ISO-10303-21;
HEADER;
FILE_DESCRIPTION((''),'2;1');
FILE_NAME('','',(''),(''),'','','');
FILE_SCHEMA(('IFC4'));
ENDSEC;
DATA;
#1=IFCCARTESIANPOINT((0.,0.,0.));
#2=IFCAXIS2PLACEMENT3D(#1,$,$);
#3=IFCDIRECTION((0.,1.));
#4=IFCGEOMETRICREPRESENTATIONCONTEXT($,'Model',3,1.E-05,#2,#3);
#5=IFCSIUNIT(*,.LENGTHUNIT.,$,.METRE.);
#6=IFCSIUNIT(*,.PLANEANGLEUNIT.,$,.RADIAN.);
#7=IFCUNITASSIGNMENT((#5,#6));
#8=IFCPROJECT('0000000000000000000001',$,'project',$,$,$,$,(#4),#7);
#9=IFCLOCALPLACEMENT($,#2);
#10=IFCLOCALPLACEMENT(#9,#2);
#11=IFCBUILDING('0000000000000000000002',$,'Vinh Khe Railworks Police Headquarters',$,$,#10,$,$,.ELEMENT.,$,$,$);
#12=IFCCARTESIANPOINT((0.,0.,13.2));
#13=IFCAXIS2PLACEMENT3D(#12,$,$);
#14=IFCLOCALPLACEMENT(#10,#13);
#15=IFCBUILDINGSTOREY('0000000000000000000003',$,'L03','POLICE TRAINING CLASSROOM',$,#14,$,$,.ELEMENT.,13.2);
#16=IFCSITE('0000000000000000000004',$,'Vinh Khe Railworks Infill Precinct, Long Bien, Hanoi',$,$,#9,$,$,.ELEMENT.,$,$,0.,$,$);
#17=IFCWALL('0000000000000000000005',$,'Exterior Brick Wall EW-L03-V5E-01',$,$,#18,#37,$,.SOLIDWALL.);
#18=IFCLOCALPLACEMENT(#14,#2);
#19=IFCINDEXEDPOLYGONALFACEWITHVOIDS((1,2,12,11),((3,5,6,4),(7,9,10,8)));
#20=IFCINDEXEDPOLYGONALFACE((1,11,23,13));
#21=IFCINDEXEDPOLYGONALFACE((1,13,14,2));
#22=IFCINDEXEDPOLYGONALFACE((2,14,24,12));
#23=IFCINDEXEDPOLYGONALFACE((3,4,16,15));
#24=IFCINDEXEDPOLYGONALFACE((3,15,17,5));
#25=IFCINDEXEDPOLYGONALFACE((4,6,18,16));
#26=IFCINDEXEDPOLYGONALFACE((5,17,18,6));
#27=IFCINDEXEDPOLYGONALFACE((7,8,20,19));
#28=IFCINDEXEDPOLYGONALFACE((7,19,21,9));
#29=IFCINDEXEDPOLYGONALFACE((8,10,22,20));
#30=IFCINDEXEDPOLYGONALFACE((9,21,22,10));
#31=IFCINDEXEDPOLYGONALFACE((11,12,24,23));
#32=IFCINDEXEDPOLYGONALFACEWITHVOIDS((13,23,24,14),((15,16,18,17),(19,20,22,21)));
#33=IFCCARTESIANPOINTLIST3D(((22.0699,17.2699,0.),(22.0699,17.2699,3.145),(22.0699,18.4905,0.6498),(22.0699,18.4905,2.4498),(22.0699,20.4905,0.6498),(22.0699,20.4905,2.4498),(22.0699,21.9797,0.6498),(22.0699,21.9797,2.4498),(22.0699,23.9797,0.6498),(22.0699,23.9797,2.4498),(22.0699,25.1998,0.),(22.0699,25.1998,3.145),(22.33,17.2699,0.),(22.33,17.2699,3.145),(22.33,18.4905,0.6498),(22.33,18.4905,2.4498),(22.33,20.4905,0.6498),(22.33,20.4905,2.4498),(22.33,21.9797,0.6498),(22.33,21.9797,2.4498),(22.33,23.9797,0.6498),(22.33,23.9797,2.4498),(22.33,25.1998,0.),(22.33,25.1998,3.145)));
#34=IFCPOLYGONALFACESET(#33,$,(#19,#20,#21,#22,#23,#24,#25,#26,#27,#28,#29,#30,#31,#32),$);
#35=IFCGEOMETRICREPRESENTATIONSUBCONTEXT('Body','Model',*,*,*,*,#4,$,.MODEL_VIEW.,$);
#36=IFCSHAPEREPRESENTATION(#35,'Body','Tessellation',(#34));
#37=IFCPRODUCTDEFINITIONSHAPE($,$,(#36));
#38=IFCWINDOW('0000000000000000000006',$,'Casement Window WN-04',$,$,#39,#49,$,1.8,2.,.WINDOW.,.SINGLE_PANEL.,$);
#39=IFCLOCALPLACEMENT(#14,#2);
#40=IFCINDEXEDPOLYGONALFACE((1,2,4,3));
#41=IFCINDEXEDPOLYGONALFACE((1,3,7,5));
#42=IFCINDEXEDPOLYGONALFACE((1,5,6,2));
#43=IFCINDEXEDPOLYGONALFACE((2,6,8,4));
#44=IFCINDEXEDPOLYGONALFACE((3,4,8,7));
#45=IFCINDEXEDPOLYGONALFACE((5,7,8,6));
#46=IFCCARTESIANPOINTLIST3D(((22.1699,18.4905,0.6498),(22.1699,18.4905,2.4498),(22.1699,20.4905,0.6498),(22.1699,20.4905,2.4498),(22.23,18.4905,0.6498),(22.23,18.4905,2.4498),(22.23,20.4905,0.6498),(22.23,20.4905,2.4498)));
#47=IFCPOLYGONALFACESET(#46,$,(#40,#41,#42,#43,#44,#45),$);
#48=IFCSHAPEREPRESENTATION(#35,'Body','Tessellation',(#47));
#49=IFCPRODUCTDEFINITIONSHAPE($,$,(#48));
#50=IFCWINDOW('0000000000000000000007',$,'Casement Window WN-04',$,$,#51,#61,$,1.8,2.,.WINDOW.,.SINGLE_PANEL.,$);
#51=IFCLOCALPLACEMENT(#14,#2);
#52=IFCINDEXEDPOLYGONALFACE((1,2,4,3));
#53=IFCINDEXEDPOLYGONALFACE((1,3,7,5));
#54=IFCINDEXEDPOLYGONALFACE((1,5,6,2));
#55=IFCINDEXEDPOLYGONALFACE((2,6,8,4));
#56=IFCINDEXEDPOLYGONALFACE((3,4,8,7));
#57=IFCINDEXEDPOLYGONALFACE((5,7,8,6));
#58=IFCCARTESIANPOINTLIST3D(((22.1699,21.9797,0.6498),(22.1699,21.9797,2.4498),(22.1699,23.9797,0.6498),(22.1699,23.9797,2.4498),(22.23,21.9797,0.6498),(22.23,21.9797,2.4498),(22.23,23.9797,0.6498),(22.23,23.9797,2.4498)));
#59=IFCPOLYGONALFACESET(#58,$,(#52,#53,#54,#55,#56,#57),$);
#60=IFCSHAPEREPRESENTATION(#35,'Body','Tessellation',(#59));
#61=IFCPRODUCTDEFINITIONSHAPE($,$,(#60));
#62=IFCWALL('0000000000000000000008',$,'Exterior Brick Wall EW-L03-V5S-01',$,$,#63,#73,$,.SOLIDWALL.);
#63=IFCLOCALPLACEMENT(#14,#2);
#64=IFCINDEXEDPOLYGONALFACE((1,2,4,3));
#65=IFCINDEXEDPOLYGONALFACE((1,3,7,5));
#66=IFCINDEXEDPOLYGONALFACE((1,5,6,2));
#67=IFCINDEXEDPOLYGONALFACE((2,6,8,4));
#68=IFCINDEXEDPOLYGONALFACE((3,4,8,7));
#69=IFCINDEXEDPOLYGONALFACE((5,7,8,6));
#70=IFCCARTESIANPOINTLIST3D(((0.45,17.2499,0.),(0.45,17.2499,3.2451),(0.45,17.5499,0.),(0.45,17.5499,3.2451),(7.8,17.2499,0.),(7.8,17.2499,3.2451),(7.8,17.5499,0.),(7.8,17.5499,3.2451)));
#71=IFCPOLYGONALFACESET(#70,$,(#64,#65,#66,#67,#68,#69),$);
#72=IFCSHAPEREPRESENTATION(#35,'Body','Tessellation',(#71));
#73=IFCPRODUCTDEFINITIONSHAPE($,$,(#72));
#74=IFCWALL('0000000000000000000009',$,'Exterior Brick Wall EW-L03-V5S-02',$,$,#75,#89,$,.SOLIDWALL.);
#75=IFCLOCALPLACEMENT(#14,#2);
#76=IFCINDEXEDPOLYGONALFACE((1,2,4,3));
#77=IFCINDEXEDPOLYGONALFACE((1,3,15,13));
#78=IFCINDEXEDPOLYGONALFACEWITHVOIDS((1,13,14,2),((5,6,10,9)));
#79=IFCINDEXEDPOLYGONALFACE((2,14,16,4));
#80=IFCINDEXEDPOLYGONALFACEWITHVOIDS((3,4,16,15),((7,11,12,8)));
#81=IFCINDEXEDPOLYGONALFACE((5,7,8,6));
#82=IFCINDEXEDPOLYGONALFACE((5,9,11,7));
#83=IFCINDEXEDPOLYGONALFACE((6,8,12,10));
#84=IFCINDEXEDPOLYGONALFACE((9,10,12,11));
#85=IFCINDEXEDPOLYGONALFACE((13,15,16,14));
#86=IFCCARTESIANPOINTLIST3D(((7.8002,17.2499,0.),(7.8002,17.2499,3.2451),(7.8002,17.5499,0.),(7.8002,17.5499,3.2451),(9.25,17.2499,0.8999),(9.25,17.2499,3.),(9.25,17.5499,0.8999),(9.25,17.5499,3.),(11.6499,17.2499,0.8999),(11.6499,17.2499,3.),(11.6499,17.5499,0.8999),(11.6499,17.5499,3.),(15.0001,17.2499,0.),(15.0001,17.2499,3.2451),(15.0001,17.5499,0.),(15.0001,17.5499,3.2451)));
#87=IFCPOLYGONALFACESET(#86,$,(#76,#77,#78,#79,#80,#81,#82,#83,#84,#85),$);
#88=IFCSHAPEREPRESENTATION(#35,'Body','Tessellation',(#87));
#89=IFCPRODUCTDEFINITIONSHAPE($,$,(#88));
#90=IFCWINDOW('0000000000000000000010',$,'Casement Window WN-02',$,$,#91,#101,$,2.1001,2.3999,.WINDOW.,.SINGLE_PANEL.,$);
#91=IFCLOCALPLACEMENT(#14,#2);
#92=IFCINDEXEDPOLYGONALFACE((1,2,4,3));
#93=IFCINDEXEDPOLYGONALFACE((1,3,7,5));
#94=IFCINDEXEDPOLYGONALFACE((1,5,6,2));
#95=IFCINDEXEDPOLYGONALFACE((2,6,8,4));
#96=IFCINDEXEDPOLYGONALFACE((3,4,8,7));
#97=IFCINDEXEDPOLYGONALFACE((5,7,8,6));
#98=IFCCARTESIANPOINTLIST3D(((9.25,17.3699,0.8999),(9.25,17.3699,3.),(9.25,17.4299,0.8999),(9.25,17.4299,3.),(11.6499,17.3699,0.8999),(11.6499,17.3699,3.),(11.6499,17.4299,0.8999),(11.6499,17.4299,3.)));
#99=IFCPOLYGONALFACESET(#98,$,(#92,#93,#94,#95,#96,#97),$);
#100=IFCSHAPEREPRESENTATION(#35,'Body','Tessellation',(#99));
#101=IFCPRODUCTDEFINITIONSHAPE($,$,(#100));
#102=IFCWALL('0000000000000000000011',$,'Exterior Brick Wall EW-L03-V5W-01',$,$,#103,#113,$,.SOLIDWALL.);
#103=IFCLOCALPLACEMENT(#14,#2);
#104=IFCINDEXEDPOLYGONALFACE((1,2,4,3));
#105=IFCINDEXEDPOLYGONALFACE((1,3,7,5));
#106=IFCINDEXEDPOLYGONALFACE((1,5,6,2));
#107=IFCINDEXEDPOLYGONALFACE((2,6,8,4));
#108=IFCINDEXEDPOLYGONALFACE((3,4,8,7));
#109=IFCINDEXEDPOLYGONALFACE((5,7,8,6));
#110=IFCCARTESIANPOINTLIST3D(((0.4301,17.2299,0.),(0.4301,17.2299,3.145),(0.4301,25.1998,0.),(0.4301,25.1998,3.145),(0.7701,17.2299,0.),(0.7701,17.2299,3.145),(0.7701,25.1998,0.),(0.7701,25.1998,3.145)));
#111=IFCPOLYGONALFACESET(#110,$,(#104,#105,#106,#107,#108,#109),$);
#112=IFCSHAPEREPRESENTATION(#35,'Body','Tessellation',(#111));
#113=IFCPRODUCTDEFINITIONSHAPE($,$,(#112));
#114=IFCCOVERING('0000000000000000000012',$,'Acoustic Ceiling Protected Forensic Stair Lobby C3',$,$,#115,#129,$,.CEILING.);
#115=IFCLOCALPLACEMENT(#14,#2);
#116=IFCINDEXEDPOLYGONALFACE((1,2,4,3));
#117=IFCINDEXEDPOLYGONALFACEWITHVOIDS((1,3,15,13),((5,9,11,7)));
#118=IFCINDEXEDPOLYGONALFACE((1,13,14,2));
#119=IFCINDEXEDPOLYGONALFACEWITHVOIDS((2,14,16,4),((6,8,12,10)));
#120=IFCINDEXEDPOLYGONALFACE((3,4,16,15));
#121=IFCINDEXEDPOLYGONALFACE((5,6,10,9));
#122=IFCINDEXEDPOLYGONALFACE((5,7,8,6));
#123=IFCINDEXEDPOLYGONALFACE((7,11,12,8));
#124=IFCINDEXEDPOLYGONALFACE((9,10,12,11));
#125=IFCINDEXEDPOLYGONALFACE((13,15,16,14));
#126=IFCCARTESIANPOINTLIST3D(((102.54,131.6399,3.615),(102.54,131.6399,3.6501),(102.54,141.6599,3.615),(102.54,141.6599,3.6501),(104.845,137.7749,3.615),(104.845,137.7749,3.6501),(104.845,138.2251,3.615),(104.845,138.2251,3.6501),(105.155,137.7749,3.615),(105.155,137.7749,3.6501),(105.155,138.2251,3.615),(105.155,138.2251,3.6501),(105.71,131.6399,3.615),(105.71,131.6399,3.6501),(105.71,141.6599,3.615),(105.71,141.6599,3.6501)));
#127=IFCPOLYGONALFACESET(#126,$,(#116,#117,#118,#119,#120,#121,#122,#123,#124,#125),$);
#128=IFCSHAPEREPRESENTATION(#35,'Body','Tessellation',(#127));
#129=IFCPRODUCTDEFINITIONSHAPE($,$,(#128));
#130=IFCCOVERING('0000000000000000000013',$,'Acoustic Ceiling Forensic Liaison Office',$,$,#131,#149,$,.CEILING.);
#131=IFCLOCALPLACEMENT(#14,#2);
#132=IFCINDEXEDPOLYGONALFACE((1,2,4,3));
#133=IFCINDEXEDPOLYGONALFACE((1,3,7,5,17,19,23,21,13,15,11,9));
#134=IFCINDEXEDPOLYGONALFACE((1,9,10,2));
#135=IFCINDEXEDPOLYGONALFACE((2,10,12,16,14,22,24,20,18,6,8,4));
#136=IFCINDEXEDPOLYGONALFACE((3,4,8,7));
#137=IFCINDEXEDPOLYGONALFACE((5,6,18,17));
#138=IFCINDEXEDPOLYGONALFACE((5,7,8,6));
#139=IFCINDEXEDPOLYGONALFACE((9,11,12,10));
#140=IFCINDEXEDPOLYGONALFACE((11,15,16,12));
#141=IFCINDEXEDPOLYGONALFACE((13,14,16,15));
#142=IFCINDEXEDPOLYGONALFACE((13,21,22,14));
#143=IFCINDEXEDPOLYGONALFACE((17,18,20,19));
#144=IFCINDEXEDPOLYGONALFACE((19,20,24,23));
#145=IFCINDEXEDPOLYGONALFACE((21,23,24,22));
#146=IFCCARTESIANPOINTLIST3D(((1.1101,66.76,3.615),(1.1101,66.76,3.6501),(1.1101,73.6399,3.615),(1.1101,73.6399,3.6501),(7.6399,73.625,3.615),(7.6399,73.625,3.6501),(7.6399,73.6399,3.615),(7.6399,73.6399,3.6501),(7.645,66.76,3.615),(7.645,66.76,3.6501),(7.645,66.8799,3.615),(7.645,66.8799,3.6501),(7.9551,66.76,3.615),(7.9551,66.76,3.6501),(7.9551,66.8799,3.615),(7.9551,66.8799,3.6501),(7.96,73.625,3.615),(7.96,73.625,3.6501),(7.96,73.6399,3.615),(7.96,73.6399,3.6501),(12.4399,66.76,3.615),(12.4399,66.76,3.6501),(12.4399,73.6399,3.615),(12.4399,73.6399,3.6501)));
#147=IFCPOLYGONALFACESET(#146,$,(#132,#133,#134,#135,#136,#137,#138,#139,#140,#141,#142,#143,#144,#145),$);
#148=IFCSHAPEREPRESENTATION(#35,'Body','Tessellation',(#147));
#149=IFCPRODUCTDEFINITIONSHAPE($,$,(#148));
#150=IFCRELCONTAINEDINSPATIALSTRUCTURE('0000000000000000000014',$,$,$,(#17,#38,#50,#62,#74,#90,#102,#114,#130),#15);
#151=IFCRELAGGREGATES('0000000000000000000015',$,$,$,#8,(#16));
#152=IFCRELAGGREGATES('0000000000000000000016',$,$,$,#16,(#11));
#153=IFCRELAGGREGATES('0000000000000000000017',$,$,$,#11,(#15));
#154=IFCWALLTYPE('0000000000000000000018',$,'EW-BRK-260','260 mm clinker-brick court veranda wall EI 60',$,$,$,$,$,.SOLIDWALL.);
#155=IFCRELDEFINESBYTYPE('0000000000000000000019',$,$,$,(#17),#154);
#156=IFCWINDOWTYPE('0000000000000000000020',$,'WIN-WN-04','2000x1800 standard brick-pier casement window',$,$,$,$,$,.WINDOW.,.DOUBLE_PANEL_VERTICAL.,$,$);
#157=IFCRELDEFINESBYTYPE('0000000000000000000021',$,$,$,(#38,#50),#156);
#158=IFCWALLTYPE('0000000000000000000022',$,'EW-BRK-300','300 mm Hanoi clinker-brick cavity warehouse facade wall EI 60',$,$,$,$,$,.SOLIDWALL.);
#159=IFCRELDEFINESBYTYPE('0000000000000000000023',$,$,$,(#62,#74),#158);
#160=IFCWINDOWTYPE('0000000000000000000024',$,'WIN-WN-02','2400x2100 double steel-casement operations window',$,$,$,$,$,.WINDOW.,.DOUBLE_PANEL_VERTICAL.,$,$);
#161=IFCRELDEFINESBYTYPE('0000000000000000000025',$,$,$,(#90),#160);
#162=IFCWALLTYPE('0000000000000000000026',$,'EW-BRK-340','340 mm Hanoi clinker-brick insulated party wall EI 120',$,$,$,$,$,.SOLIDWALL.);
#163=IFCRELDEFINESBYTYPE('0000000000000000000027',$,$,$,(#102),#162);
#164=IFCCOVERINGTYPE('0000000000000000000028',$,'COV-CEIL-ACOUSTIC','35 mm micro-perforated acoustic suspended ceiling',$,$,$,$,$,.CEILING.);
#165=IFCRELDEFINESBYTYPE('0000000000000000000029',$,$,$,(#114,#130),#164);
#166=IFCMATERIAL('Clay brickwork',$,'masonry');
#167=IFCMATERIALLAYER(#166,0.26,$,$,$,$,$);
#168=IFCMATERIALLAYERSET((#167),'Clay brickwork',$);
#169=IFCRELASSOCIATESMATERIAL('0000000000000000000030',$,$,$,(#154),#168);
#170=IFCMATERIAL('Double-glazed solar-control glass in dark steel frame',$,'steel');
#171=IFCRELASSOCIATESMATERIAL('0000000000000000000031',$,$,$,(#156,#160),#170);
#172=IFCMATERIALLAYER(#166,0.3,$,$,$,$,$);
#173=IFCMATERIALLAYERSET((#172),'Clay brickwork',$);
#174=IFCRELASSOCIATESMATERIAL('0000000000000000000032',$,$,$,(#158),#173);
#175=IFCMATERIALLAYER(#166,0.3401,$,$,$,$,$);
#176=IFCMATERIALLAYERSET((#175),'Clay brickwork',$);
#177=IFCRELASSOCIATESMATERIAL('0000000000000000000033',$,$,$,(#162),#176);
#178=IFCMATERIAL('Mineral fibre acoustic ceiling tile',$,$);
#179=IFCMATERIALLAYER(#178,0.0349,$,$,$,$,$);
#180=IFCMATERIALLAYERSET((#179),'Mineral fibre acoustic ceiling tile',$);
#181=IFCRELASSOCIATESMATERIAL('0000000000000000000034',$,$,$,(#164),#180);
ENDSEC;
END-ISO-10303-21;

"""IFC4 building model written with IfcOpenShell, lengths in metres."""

from ifc_helpers import new_model, si_unit, direction, frame, frame_2d, origin, place, context, subcontext, project, spatial, polyline, rectangle, outline, extrude, material, layer, layer_set, type_object, element, fill, save


model = new_model("IFC4")

# Units and contexts
model_context = context("Model", 3, precision=1e-05, world=origin(), true_north=direction((0.0, 1.0)))
body_context = subcontext(model_context, "Body", "Model", "MODEL_VIEW")
ifc_project = project(units=[si_unit("LENGTHUNIT", "METRE"), si_unit("PLANEANGLEUNIT", "RADIAN")], contexts=[model_context])

# Site, building, storey
site_placement = place(None, origin())
site = spatial("IfcSite", under=ifc_project, at=site_placement, Name="Vinh Khe Railworks Infill Precinct, Long Bien, Hanoi", CompositionType="ELEMENT", RefElevation=0.0)
building_placement = place(site_placement, origin())
building = spatial("IfcBuilding", under=site, at=building_placement, Name="Vinh Khe Railworks Police Headquarters", CompositionType="ELEMENT")
storey_placement = place(building_placement, frame((0.0, 0.0, 13.2)))
storey = spatial("IfcBuildingStorey", under=building, at=storey_placement, Name="L03", Description="POLICE TRAINING CLASSROOM", CompositionType="ELEMENT", Elevation=13.2)

# Wall, openings, windows
ifc_material_1 = material(Name="Clay brickwork", Category="masonry")
ifc_layer_1 = layer(ifc_material_1, 0.26)
ifc_layer_set_1 = layer_set([ifc_layer_1], Name="Clay brickwork")
wall_type_1 = type_object("IfcWallType", Name="EW-BRK-260", Description="260 mm clinker-brick court veranda wall EI 60", PredefinedType="SOLIDWALL", material=ifc_layer_set_1)
wall_1_placement = place(storey_placement, frame((22.2, 17.27, 0.0), z_axis=(0.0, 0.0, 1.0), x_axis=(0.0, 1.0, 0.0)))
wall_1 = element("IfcWall", 1, at=wall_1_placement, inside=storey, type_object=wall_type_1, Name="Exterior Brick Wall EW-L03-V5E-01", PredefinedType="SOLIDWALL", context=body_context, shape_type="SweptSolid", body=[
    extrude(rectangle(XDim=7.9299, YDim=0.26, at=frame_2d((3.9648, 0.0))), origin(), (0.0, 0.0, 1.0), 3.145),
])
opening_1_placement = place(wall_1_placement, frame((1.2205, 0.0, 0.6499)))
opening_1 = element("IfcOpeningElement", 2, at=opening_1_placement, cuts=wall_1, PredefinedType="OPENING", context=body_context, shape_type="SweptSolid", body=[
    extrude(rectangle(XDim=2.0, YDim=1.8, at=frame_2d((1.0, 0.8999))), frame((0.0, 0.145, 0.0), z_axis=(0.0, -1.0, 0.0), x_axis=(1.0, 0.0, 0.0)), (0.0, 0.0, 1.0), 0.2898),
])
opening_2_placement = place(wall_1_placement, frame((4.7097, 0.0, 0.6499)))
opening_2 = element("IfcOpeningElement", 3, at=opening_2_placement, cuts=wall_1, PredefinedType="OPENING", context=body_context, shape_type="SweptSolid", body=[
    extrude(rectangle(XDim=2.0, YDim=1.8, at=frame_2d((1.0, 0.8999))), frame((0.0, 0.145, 0.0), z_axis=(0.0, -1.0, 0.0), x_axis=(1.0, 0.0, 0.0)), (0.0, 0.0, 1.0), 0.2898),
])
ifc_material_2 = material(Name="Double-glazed solar-control glass in dark steel frame", Category="steel")
window_type_1 = type_object("IfcWindowType", Name="WIN-WN-04", Description="2000x1800 standard brick-pier casement window", PartitioningType="DOUBLE_PANEL_VERTICAL", PredefinedType="WINDOW", material=ifc_material_2)
window_1_placement = place(opening_1_placement, origin())
window_1 = element("IfcWindow", 4, at=window_1_placement, inside=storey, type_object=window_type_1, Name="Casement Window WN-04", OverallHeight=1.8, OverallWidth=2.0, PartitioningType="SINGLE_PANEL", PredefinedType="WINDOW", context=body_context, shape_type="SweptSolid", body=[
    extrude(rectangle(XDim=2.0, YDim=1.8, at=frame_2d((1.0, 0.8999))), frame((0.0, 0.03, 0.0), z_axis=(0.0, -1.0, 0.0), x_axis=(1.0, 0.0, 0.0)), (0.0, 0.0, 1.0), 0.0601),
])
fill(opening_1, window_1)
window_2_placement = place(opening_2_placement, origin())
window_2 = element("IfcWindow", 5, at=window_2_placement, inside=storey, type_object=window_type_1, Name="Casement Window WN-04", OverallHeight=1.8, OverallWidth=2.0, PartitioningType="SINGLE_PANEL", PredefinedType="WINDOW", context=body_context, shape_type="SweptSolid", body=[
    extrude(rectangle(XDim=2.0, YDim=1.8, at=frame_2d((1.0, 0.8999))), frame((0.0, 0.03, 0.0), z_axis=(0.0, -1.0, 0.0), x_axis=(1.0, 0.0, 0.0)), (0.0, 0.0, 1.0), 0.0601),
])
fill(opening_2, window_2)

# Wall
ifc_layer_2 = layer(ifc_material_1, 0.3)
ifc_layer_set_2 = layer_set([ifc_layer_2], Name="Clay brickwork")
wall_type_2 = type_object("IfcWallType", Name="EW-BRK-300", Description="300 mm Hanoi clinker-brick cavity warehouse facade wall EI 60", PredefinedType="SOLIDWALL", material=ifc_layer_set_2)
wall_2_placement = place(storey_placement, frame((0.45, 17.3999, 0.0), z_axis=(0.0, 0.0, 1.0), x_axis=(1.0, 0.0, 0.0)))
element("IfcWall", 6, at=wall_2_placement, inside=storey, type_object=wall_type_2, Name="Exterior Brick Wall EW-L03-V5S-01", PredefinedType="SOLIDWALL", context=body_context, shape_type="SweptSolid", body=[
    extrude(rectangle(XDim=7.3501, YDim=0.3, at=frame_2d((3.675, 0.0))), origin(), (0.0, 0.0, 1.0), 3.2451),
])

# Wall, opening, window
wall_3_placement = place(storey_placement, frame((7.8, 17.3999, 0.0), z_axis=(0.0, 0.0, 1.0), x_axis=(1.0, 0.0, 0.0)))
wall_3 = element("IfcWall", 7, at=wall_3_placement, inside=storey, type_object=wall_type_2, Name="Exterior Brick Wall EW-L03-V5S-02", PredefinedType="SOLIDWALL", context=body_context, shape_type="SweptSolid", body=[
    extrude(rectangle(XDim=7.2, YDim=0.3, at=frame_2d((3.6001, 0.0))), origin(), (0.0, 0.0, 1.0), 3.2451),
])
opening_3_placement = place(wall_3_placement, frame((1.45, 0.0, 0.8999)))
opening_3 = element("IfcOpeningElement", 8, at=opening_3_placement, cuts=wall_3, PredefinedType="OPENING", context=body_context, shape_type="SweptSolid", body=[
    extrude(rectangle(XDim=2.3999, YDim=2.1001, at=frame_2d((1.2, 1.05))), frame((0.0, 0.165, 0.0), z_axis=(0.0, -1.0, 0.0), x_axis=(1.0, 0.0, 0.0)), (0.0, 0.0, 1.0), 0.3298),
])
window_type_2 = type_object("IfcWindowType", Name="WIN-WN-02", Description="2400x2100 double steel-casement operations window", PartitioningType="DOUBLE_PANEL_VERTICAL", PredefinedType="WINDOW", material=ifc_material_2)
window_3_placement = place(opening_3_placement, origin())
window_3 = element("IfcWindow", 9, at=window_3_placement, inside=storey, type_object=window_type_2, Name="Casement Window WN-02", OverallHeight=2.1001, OverallWidth=2.3999, PartitioningType="SINGLE_PANEL", PredefinedType="WINDOW", context=body_context, shape_type="SweptSolid", body=[
    extrude(rectangle(XDim=2.3999, YDim=2.1001, at=frame_2d((1.2, 1.05))), frame((0.0, 0.03, 0.0), z_axis=(0.0, -1.0, 0.0), x_axis=(1.0, 0.0, 0.0)), (0.0, 0.0, 1.0), 0.0601),
])
fill(opening_3, window_3)

# Wall
ifc_layer_3 = layer(ifc_material_1, 0.3401)
ifc_layer_set_3 = layer_set([ifc_layer_3], Name="Clay brickwork")
wall_type_3 = type_object("IfcWallType", Name="EW-BRK-340", Description="340 mm Hanoi clinker-brick insulated party wall EI 120", PredefinedType="SOLIDWALL", material=ifc_layer_set_3)
wall_4_placement = place(storey_placement, frame((0.6001, 17.23, 0.0), z_axis=(0.0, 0.0, 1.0), x_axis=(0.0, 1.0, 0.0)))
element("IfcWall", 10, at=wall_4_placement, inside=storey, type_object=wall_type_3, Name="Exterior Brick Wall EW-L03-V5W-01", PredefinedType="SOLIDWALL", context=body_context, shape_type="SweptSolid", body=[
    extrude(rectangle(XDim=7.97, YDim=0.3401, at=frame_2d((3.9849, 0.0))), origin(), (0.0, 0.0, 1.0), 3.145),
])

# Coverings
ifc_material_3 = material(Name="Mineral fibre acoustic ceiling tile")
ifc_layer_4 = layer(ifc_material_3, 0.0349)
ifc_layer_set_4 = layer_set([ifc_layer_4], Name="Mineral fibre acoustic ceiling tile")
covering_type = type_object("IfcCoveringType", Name="COV-CEIL-ACOUSTIC", Description="35 mm micro-perforated acoustic suspended ceiling", PredefinedType="CEILING", material=ifc_layer_set_4)
covering_1_placement = place(storey_placement, frame((0.0, 0.0, 3.615)))
element("IfcCovering", 11, at=covering_1_placement, inside=storey, type_object=covering_type, Name="Acoustic Ceiling Protected Forensic Stair Lobby C3", PredefinedType="CEILING", context=body_context, shape_type="SweptSolid", body=[
    extrude(outline(polyline([(105.71, 141.6599), (102.54, 141.6599), (102.54, 131.6399), (105.71, 131.6399), (105.71, 141.6599)]), holes=[polyline([(105.155, 137.7749), (104.845, 137.7749), (104.845, 138.2251), (105.155, 138.2251), (105.155, 137.7749)])]), origin(), (0.0, 0.0, 1.0), 0.0352),
])
covering_2_placement = place(storey_placement, frame((0.0, 0.0, 3.615)))
element("IfcCovering", 12, at=covering_2_placement, inside=storey, type_object=covering_type, Name="Acoustic Ceiling Forensic Liaison Office", PredefinedType="CEILING", context=body_context, shape_type="SweptSolid", body=[
    extrude(outline(polyline([(7.9551, 66.76), (12.4399, 66.76), (12.4399, 73.6399), (7.96, 73.6399), (7.96, 73.625), (7.6399, 73.625), (7.6399, 73.6399), (1.1101, 73.6399), (1.1101, 66.76), (7.645, 66.76), (7.645, 66.8799), (7.9551, 66.8799), (7.9551, 66.76)])), origin(), (0.0, 0.0, 1.0), 0.0352),
])

save(model, "model.ifc")
